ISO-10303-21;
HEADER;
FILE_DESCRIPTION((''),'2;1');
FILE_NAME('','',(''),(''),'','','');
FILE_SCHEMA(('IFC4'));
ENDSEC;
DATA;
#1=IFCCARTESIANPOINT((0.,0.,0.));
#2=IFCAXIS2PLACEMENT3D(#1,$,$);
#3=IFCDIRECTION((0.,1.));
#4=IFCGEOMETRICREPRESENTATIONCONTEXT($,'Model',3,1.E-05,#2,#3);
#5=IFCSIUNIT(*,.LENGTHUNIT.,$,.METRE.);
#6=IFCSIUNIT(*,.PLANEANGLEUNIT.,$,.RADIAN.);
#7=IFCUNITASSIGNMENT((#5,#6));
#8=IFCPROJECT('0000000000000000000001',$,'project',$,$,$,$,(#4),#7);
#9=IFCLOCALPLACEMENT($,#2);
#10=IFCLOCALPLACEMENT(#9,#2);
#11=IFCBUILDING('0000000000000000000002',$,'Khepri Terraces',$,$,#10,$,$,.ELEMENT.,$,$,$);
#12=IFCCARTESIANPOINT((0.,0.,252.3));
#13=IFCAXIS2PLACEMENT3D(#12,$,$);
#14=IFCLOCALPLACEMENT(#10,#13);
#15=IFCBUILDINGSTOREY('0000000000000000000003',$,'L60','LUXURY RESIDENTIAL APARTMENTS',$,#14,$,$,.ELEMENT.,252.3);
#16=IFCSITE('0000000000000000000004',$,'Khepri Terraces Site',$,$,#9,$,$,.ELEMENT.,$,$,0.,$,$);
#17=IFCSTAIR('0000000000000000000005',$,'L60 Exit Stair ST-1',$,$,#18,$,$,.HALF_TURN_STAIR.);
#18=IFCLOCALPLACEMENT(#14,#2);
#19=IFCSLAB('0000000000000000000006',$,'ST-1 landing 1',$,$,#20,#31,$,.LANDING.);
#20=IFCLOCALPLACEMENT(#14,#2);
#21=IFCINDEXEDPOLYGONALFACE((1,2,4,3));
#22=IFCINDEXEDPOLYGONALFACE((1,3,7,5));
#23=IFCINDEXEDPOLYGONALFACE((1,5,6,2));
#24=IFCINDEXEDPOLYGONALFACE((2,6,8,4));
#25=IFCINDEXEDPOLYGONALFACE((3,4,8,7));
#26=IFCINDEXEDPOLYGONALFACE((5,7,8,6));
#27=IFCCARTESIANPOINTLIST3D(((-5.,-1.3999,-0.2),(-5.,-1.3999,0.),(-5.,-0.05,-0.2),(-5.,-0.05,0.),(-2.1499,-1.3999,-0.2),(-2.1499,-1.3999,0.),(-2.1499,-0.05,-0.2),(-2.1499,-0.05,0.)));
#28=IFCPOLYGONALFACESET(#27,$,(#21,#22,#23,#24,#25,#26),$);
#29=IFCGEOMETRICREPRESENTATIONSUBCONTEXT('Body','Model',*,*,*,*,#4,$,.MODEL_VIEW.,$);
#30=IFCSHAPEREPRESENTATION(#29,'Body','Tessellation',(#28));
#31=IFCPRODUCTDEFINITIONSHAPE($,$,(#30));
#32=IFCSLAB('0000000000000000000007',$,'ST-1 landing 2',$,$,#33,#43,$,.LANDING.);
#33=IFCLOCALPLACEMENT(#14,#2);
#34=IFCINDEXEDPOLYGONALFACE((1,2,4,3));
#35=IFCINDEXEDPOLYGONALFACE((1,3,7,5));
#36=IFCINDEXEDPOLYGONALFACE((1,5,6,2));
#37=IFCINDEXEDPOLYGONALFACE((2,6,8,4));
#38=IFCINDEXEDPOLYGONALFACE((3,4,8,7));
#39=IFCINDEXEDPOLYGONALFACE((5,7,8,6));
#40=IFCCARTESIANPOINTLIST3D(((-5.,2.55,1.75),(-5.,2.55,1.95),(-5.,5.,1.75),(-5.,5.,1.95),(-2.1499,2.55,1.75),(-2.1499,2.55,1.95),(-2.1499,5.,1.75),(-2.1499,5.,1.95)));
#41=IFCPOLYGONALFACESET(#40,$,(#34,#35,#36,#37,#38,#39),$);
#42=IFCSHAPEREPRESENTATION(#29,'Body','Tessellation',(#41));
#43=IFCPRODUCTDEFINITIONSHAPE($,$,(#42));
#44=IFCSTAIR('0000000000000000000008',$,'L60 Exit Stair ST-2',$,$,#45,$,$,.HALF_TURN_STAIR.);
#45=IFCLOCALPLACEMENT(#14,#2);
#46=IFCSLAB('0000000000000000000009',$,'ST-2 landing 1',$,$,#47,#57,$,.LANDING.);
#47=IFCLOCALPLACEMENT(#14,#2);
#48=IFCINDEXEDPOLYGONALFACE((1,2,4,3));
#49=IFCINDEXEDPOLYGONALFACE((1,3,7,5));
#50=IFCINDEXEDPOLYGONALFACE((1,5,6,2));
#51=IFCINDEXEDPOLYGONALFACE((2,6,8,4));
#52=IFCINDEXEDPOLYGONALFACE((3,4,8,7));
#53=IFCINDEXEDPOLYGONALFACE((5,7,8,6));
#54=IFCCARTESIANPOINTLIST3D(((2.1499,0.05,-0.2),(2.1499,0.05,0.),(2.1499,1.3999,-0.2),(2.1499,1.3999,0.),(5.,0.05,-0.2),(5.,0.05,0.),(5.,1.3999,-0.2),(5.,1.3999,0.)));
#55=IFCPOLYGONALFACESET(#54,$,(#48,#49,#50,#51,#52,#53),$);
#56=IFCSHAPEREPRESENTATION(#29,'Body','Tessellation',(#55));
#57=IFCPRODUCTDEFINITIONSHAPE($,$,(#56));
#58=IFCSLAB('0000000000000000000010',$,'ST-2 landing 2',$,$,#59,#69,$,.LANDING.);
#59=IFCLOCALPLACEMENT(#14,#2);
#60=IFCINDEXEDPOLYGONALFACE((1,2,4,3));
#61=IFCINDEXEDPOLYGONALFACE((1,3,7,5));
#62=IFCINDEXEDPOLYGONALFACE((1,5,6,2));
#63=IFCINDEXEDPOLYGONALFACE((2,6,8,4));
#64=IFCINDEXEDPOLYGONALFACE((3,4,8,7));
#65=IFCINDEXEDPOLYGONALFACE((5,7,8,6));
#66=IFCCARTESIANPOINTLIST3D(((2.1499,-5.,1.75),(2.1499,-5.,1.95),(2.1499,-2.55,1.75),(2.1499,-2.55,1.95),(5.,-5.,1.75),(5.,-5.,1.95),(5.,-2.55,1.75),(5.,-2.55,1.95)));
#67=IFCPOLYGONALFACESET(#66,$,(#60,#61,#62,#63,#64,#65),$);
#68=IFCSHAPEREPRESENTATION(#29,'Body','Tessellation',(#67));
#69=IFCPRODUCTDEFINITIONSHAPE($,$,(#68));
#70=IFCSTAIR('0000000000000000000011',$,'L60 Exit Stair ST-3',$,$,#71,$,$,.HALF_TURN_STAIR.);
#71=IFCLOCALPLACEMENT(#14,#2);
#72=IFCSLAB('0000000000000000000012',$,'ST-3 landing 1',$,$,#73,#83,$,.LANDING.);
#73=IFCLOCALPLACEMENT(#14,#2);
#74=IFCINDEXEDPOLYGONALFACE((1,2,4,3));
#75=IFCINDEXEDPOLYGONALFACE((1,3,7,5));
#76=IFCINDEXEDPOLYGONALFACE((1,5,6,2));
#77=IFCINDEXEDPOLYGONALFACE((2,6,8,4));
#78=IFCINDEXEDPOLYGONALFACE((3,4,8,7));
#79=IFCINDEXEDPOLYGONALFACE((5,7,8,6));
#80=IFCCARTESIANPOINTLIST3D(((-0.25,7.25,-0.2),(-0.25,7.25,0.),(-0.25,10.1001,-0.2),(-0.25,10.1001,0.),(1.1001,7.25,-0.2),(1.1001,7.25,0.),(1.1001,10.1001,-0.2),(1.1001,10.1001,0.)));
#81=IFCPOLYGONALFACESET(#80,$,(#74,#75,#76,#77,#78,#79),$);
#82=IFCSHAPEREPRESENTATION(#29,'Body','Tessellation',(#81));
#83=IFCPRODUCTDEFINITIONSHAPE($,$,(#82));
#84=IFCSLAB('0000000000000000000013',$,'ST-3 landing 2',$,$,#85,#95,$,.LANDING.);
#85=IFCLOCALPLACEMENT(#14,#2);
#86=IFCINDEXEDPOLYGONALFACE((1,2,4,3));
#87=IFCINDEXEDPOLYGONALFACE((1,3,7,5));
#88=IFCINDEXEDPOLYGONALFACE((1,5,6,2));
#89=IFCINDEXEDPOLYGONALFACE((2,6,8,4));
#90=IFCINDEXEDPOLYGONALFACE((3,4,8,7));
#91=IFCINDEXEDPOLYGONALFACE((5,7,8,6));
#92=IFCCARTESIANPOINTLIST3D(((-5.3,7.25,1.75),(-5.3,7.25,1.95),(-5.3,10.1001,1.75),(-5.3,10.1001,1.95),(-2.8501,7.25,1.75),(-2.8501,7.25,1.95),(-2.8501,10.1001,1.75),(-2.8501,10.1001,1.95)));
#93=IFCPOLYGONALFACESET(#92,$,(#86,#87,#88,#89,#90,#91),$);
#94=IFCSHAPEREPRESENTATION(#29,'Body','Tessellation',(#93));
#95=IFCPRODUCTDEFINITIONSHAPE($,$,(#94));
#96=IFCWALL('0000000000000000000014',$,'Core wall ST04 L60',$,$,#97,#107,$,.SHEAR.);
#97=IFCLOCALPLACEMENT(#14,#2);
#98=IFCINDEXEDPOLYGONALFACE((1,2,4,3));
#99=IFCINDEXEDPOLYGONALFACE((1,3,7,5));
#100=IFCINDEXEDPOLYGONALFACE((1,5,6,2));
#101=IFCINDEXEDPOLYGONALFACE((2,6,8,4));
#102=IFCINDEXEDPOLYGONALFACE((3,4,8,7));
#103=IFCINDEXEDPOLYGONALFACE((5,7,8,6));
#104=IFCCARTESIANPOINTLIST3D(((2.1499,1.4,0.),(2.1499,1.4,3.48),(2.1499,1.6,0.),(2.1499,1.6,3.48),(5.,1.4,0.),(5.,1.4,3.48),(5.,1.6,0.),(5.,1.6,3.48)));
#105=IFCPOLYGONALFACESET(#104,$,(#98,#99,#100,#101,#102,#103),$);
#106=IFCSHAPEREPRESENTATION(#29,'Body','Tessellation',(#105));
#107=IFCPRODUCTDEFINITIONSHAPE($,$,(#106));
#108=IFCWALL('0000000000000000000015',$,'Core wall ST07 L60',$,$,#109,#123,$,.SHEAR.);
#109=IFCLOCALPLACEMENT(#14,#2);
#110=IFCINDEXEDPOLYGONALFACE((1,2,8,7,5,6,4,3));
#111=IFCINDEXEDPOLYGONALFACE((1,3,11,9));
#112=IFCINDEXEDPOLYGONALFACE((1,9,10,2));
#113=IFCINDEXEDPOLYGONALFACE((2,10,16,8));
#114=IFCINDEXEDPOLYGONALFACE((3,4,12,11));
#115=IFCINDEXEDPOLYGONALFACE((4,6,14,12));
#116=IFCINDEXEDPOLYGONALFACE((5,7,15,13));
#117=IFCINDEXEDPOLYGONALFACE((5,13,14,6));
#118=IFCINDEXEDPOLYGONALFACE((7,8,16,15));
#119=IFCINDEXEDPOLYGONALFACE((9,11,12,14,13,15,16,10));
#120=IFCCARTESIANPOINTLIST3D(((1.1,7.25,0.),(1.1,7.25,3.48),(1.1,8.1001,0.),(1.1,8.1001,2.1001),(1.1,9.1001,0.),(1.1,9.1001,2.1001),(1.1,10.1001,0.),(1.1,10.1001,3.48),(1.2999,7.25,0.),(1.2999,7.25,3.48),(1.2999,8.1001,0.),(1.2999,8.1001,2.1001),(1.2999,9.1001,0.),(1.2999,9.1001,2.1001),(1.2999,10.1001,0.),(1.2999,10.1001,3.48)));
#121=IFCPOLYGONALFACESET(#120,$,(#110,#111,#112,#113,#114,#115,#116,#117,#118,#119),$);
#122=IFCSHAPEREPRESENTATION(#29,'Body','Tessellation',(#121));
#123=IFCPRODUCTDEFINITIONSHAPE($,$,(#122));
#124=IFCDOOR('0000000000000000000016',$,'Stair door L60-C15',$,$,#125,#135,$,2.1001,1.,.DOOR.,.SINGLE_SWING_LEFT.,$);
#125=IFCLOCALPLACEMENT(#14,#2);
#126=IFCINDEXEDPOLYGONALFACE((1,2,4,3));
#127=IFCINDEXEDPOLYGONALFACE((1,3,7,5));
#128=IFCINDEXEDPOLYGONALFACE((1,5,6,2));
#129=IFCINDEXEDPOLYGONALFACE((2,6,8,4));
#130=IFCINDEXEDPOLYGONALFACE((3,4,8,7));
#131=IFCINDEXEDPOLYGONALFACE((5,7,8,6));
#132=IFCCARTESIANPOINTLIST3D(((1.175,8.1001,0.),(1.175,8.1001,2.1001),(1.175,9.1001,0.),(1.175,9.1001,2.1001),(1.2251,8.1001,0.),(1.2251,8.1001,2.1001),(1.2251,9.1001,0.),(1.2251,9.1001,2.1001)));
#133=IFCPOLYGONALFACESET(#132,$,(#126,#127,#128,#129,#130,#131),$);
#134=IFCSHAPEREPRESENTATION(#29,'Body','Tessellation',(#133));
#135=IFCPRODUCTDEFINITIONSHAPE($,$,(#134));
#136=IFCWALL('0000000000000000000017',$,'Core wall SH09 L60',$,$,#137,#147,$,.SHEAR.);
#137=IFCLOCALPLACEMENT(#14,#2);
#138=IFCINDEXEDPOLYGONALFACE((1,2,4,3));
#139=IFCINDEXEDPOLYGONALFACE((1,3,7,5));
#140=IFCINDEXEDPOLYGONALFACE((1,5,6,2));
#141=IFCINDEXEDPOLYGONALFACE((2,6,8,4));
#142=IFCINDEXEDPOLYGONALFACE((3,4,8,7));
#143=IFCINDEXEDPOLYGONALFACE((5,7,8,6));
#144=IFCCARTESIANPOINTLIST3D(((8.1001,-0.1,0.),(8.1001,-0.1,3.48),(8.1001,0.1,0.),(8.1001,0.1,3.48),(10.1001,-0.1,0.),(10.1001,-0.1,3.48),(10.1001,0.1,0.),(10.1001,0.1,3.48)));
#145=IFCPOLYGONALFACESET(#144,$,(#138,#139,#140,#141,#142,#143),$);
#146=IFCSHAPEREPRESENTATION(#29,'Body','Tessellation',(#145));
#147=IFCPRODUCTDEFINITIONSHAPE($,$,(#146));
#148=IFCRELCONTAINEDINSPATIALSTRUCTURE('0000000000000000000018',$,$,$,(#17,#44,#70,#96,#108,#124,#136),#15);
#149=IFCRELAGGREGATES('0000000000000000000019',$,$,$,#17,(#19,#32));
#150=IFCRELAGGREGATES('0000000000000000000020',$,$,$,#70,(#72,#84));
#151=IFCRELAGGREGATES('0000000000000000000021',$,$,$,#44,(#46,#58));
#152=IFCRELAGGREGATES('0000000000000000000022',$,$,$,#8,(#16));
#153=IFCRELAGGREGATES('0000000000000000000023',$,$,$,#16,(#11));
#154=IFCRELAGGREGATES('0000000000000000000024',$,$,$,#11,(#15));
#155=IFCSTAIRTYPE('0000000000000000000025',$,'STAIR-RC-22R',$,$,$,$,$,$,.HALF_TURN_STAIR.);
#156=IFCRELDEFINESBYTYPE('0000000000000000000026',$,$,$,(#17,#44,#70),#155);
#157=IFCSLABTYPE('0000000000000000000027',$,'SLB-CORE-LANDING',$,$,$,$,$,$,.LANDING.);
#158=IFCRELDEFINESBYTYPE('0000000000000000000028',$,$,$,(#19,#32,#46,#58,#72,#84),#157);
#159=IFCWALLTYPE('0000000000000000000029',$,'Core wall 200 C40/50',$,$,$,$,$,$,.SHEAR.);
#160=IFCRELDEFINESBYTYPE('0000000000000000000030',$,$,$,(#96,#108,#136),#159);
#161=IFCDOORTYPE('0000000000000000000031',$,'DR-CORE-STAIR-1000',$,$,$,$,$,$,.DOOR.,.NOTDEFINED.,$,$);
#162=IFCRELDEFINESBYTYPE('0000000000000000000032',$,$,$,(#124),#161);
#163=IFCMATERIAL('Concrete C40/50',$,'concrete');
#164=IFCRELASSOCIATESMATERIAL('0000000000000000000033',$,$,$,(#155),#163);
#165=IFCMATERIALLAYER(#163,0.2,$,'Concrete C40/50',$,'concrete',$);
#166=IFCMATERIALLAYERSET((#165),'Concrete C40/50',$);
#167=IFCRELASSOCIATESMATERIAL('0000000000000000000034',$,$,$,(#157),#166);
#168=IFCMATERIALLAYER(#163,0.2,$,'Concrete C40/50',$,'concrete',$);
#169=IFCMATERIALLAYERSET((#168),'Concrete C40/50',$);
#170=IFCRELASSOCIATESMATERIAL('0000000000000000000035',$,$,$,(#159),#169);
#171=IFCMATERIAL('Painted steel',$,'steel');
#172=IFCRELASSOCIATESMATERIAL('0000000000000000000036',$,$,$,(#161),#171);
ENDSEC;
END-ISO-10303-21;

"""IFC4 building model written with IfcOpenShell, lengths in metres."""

from ifc_helpers import new_model, si_unit, direction, frame, frame_2d, origin, place, context, subcontext, project, spatial, polyline, rectangle, outline, extrude, material, layer, layer_set, type_object, element, fill, aggregate, save


model = new_model("IFC4")

# Units and contexts
model_context = context("Model", 3, precision=1e-05, world=origin(), true_north=direction((0.0, 1.0)))
body_context = subcontext(model_context, "Body", "Model", "MODEL_VIEW")
ifc_project = project(units=[si_unit("LENGTHUNIT", "METRE"), si_unit("PLANEANGLEUNIT", "RADIAN")], contexts=[model_context])

# Site, building, storey
site_placement = place(None, origin())
site = spatial("IfcSite", under=ifc_project, at=site_placement, Name="Khepri Terraces Site", CompositionType="ELEMENT", RefElevation=0.0)
building_placement = place(site_placement, origin())
building = spatial("IfcBuilding", under=site, at=building_placement, Name="Khepri Terraces", CompositionType="ELEMENT")
storey_placement = place(building_placement, frame((0.0, 0.0, 252.3)))
storey = spatial("IfcBuildingStorey", under=building, at=storey_placement, Name="L60", Description="LUXURY RESIDENTIAL APARTMENTS", CompositionType="ELEMENT", Elevation=252.3)

# Stairs, slabs
ifc_material_1 = material(Name="Concrete C40/50", Category="concrete")
stair_type = type_object("IfcStairType", Name="STAIR-RC-22R", PredefinedType="HALF_TURN_STAIR", material=ifc_material_1)
stair_1_placement = place(storey_placement, origin())
stair_1 = element("IfcStair", 1, at=stair_1_placement, inside=storey, type_object=stair_type, Name="L60 Exit Stair ST-1", PredefinedType="HALF_TURN_STAIR")
ifc_layer_1 = layer(ifc_material_1, 0.2, Name="Concrete C40/50", Category="concrete")
ifc_layer_set_1 = layer_set([ifc_layer_1], Name="Concrete C40/50")
slab_type = type_object("IfcSlabType", Name="SLB-CORE-LANDING", PredefinedType="LANDING", material=ifc_layer_set_1)
slab_1_placement = place(storey_placement, frame((0.0, 0.0, -0.2)))
slab_1 = element("IfcSlab", 2, at=slab_1_placement, type_object=slab_type, Name="ST-1 landing 1", PredefinedType="LANDING", context=body_context, shape_type="SweptSolid", body=[
    extrude(outline(polyline([(-2.1499, -1.3999), (-2.1499, -0.05), (-5.0, -0.05), (-5.0, -1.3999), (-2.1499, -1.3999)])), origin(), (0.0, 0.0, 1.0), 0.2),
])
slab_2_placement = place(storey_placement, frame((0.0, 0.0, 1.75)))
slab_2 = element("IfcSlab", 3, at=slab_2_placement, type_object=slab_type, Name="ST-1 landing 2", PredefinedType="LANDING", context=body_context, shape_type="SweptSolid", body=[
    extrude(outline(polyline([(-2.1499, 2.55), (-2.1499, 5.0), (-5.0, 5.0), (-5.0, 2.55), (-2.1499, 2.55)])), origin(), (0.0, 0.0, 1.0), 0.2),
])
aggregate(stair_1, [slab_1, slab_2])
stair_2_placement = place(storey_placement, origin())
stair_2 = element("IfcStair", 4, at=stair_2_placement, inside=storey, type_object=stair_type, Name="L60 Exit Stair ST-2", PredefinedType="HALF_TURN_STAIR")
slab_3_placement = place(storey_placement, frame((0.0, 0.0, -0.2)))
slab_3 = element("IfcSlab", 5, at=slab_3_placement, type_object=slab_type, Name="ST-2 landing 1", PredefinedType="LANDING", context=body_context, shape_type="SweptSolid", body=[
    extrude(outline(polyline([(2.1499, 1.3999), (2.1499, 0.05), (5.0, 0.05), (5.0, 1.3999), (2.1499, 1.3999)])), origin(), (0.0, 0.0, 1.0), 0.2),
])
slab_4_placement = place(storey_placement, frame((0.0, 0.0, 1.75)))
slab_4 = element("IfcSlab", 6, at=slab_4_placement, type_object=slab_type, Name="ST-2 landing 2", PredefinedType="LANDING", context=body_context, shape_type="SweptSolid", body=[
    extrude(outline(polyline([(2.1499, -2.55), (2.1499, -5.0), (5.0, -5.0), (5.0, -2.55), (2.1499, -2.55)])), origin(), (0.0, 0.0, 1.0), 0.2),
])
stair_3_placement = place(storey_placement, origin())
stair_3 = element("IfcStair", 7, at=stair_3_placement, inside=storey, type_object=stair_type, Name="L60 Exit Stair ST-3", PredefinedType="HALF_TURN_STAIR")
slab_5_placement = place(storey_placement, frame((0.0, 0.0, -0.2)))
slab_5 = element("IfcSlab", 8, at=slab_5_placement, type_object=slab_type, Name="ST-3 landing 1", PredefinedType="LANDING", context=body_context, shape_type="SweptSolid", body=[
    extrude(outline(polyline([(1.1001, 10.1001), (-0.25, 10.1001), (-0.25, 7.25), (1.1001, 7.25), (1.1001, 10.1001)])), origin(), (0.0, 0.0, 1.0), 0.2),
])
slab_6_placement = place(storey_placement, frame((0.0, 0.0, 1.75)))
slab_6 = element("IfcSlab", 9, at=slab_6_placement, type_object=slab_type, Name="ST-3 landing 2", PredefinedType="LANDING", context=body_context, shape_type="SweptSolid", body=[
    extrude(outline(polyline([(-2.8501, 10.1001), (-5.3, 10.1001), (-5.3, 7.25), (-2.8501, 7.25), (-2.8501, 10.1001)])), origin(), (0.0, 0.0, 1.0), 0.2),
])
aggregate(stair_3, [slab_5, slab_6])

# Wall
ifc_layer_2 = layer(ifc_material_1, 0.2, Name="Concrete C40/50", Category="concrete")
ifc_layer_set_2 = layer_set([ifc_layer_2], Name="Concrete C40/50")
wall_type_1 = type_object("IfcWallType", Name="Core wall 200 C40/50", PredefinedType="SHEAR", material=ifc_layer_set_2)
wall_1_placement = place(storey_placement, frame((2.1499, 1.5, 0.0), z_axis=(0.0, 0.0, 1.0), x_axis=(1.0, 0.0, 0.0)))
element("IfcWall", 10, at=wall_1_placement, inside=storey, type_object=wall_type_1, Name="Core wall ST04 L60", PredefinedType="SHEAR", context=body_context, shape_type="SweptSolid", body=[
    extrude(rectangle(XDim=2.8501, YDim=0.2, at=frame_2d((1.425, 0.0))), origin(), (0.0, 0.0, 1.0), 3.48),
])

# Wall, opening, door
wall_2_placement = place(storey_placement, frame((1.2, 7.25, 0.0), z_axis=(0.0, 0.0, 1.0), x_axis=(0.0, 1.0, 0.0)))
wall_2 = element("IfcWall", 11, at=wall_2_placement, inside=storey, type_object=wall_type_1, Name="Core wall ST07 L60", PredefinedType="SHEAR", context=body_context, shape_type="SweptSolid", body=[
    extrude(rectangle(XDim=2.8501, YDim=0.2, at=frame_2d((1.425, 0.0))), origin(), (0.0, 0.0, 1.0), 3.48),
])
opening_1_placement = place(wall_2_placement, frame((0.8501, 0.0, 0.0)))
opening_1 = element("IfcOpeningElement", 12, at=opening_1_placement, cuts=wall_2, PredefinedType="OPENING", context=body_context, shape_type="SweptSolid", body=[
    extrude(rectangle(XDim=1.0, YDim=2.1001, at=frame_2d((0.5, 1.05))), frame((0.0, 0.1099, 0.0), z_axis=(0.0, -1.0, 0.0), x_axis=(1.0, 0.0, 0.0)), (0.0, 0.0, 1.0), 0.22),
])
ifc_material_2 = material(Name="Painted steel", Category="steel")
door_type_1 = type_object("IfcDoorType", Name="DR-CORE-STAIR-1000", OperationType="NOTDEFINED", PredefinedType="DOOR", material=ifc_material_2)
door_1_placement = place(opening_1_placement, origin())
door_1 = element("IfcDoor", 13, at=door_1_placement, inside=storey, type_object=door_type_1, Name="Stair door L60-C15", OperationType="SINGLE_SWING_LEFT", OverallHeight=2.1001, OverallWidth=1.0, PredefinedType="DOOR", context=body_context, shape_type="SweptSolid", body=[
    extrude(rectangle(XDim=1.0, YDim=2.1001, at=frame_2d((0.5, 1.05))), frame((0.0, 0.0249, 0.0), z_axis=(0.0, -1.0, 0.0), x_axis=(1.0, 0.0, 0.0)), (0.0, 0.0, 1.0), 0.05),
])
fill(opening_1, door_1)

# Wall
wall_3_placement = place(storey_placement, frame((8.1001, 0.0, 0.0), z_axis=(0.0, 0.0, 1.0), x_axis=(1.0, 0.0, 0.0)))
element("IfcWall", 14, at=wall_3_placement, inside=storey, type_object=wall_type_1, Name="Core wall SH09 L60", PredefinedType="SHEAR", context=body_context, shape_type="SweptSolid", body=[
    extrude(rectangle(XDim=2.0, YDim=0.2, at=frame_2d((1.0, 0.0))), origin(), (0.0, 0.0, 1.0), 3.48),
])

aggregate(stair_2, [slab_3, slab_4])

save(model, "model.ifc")
